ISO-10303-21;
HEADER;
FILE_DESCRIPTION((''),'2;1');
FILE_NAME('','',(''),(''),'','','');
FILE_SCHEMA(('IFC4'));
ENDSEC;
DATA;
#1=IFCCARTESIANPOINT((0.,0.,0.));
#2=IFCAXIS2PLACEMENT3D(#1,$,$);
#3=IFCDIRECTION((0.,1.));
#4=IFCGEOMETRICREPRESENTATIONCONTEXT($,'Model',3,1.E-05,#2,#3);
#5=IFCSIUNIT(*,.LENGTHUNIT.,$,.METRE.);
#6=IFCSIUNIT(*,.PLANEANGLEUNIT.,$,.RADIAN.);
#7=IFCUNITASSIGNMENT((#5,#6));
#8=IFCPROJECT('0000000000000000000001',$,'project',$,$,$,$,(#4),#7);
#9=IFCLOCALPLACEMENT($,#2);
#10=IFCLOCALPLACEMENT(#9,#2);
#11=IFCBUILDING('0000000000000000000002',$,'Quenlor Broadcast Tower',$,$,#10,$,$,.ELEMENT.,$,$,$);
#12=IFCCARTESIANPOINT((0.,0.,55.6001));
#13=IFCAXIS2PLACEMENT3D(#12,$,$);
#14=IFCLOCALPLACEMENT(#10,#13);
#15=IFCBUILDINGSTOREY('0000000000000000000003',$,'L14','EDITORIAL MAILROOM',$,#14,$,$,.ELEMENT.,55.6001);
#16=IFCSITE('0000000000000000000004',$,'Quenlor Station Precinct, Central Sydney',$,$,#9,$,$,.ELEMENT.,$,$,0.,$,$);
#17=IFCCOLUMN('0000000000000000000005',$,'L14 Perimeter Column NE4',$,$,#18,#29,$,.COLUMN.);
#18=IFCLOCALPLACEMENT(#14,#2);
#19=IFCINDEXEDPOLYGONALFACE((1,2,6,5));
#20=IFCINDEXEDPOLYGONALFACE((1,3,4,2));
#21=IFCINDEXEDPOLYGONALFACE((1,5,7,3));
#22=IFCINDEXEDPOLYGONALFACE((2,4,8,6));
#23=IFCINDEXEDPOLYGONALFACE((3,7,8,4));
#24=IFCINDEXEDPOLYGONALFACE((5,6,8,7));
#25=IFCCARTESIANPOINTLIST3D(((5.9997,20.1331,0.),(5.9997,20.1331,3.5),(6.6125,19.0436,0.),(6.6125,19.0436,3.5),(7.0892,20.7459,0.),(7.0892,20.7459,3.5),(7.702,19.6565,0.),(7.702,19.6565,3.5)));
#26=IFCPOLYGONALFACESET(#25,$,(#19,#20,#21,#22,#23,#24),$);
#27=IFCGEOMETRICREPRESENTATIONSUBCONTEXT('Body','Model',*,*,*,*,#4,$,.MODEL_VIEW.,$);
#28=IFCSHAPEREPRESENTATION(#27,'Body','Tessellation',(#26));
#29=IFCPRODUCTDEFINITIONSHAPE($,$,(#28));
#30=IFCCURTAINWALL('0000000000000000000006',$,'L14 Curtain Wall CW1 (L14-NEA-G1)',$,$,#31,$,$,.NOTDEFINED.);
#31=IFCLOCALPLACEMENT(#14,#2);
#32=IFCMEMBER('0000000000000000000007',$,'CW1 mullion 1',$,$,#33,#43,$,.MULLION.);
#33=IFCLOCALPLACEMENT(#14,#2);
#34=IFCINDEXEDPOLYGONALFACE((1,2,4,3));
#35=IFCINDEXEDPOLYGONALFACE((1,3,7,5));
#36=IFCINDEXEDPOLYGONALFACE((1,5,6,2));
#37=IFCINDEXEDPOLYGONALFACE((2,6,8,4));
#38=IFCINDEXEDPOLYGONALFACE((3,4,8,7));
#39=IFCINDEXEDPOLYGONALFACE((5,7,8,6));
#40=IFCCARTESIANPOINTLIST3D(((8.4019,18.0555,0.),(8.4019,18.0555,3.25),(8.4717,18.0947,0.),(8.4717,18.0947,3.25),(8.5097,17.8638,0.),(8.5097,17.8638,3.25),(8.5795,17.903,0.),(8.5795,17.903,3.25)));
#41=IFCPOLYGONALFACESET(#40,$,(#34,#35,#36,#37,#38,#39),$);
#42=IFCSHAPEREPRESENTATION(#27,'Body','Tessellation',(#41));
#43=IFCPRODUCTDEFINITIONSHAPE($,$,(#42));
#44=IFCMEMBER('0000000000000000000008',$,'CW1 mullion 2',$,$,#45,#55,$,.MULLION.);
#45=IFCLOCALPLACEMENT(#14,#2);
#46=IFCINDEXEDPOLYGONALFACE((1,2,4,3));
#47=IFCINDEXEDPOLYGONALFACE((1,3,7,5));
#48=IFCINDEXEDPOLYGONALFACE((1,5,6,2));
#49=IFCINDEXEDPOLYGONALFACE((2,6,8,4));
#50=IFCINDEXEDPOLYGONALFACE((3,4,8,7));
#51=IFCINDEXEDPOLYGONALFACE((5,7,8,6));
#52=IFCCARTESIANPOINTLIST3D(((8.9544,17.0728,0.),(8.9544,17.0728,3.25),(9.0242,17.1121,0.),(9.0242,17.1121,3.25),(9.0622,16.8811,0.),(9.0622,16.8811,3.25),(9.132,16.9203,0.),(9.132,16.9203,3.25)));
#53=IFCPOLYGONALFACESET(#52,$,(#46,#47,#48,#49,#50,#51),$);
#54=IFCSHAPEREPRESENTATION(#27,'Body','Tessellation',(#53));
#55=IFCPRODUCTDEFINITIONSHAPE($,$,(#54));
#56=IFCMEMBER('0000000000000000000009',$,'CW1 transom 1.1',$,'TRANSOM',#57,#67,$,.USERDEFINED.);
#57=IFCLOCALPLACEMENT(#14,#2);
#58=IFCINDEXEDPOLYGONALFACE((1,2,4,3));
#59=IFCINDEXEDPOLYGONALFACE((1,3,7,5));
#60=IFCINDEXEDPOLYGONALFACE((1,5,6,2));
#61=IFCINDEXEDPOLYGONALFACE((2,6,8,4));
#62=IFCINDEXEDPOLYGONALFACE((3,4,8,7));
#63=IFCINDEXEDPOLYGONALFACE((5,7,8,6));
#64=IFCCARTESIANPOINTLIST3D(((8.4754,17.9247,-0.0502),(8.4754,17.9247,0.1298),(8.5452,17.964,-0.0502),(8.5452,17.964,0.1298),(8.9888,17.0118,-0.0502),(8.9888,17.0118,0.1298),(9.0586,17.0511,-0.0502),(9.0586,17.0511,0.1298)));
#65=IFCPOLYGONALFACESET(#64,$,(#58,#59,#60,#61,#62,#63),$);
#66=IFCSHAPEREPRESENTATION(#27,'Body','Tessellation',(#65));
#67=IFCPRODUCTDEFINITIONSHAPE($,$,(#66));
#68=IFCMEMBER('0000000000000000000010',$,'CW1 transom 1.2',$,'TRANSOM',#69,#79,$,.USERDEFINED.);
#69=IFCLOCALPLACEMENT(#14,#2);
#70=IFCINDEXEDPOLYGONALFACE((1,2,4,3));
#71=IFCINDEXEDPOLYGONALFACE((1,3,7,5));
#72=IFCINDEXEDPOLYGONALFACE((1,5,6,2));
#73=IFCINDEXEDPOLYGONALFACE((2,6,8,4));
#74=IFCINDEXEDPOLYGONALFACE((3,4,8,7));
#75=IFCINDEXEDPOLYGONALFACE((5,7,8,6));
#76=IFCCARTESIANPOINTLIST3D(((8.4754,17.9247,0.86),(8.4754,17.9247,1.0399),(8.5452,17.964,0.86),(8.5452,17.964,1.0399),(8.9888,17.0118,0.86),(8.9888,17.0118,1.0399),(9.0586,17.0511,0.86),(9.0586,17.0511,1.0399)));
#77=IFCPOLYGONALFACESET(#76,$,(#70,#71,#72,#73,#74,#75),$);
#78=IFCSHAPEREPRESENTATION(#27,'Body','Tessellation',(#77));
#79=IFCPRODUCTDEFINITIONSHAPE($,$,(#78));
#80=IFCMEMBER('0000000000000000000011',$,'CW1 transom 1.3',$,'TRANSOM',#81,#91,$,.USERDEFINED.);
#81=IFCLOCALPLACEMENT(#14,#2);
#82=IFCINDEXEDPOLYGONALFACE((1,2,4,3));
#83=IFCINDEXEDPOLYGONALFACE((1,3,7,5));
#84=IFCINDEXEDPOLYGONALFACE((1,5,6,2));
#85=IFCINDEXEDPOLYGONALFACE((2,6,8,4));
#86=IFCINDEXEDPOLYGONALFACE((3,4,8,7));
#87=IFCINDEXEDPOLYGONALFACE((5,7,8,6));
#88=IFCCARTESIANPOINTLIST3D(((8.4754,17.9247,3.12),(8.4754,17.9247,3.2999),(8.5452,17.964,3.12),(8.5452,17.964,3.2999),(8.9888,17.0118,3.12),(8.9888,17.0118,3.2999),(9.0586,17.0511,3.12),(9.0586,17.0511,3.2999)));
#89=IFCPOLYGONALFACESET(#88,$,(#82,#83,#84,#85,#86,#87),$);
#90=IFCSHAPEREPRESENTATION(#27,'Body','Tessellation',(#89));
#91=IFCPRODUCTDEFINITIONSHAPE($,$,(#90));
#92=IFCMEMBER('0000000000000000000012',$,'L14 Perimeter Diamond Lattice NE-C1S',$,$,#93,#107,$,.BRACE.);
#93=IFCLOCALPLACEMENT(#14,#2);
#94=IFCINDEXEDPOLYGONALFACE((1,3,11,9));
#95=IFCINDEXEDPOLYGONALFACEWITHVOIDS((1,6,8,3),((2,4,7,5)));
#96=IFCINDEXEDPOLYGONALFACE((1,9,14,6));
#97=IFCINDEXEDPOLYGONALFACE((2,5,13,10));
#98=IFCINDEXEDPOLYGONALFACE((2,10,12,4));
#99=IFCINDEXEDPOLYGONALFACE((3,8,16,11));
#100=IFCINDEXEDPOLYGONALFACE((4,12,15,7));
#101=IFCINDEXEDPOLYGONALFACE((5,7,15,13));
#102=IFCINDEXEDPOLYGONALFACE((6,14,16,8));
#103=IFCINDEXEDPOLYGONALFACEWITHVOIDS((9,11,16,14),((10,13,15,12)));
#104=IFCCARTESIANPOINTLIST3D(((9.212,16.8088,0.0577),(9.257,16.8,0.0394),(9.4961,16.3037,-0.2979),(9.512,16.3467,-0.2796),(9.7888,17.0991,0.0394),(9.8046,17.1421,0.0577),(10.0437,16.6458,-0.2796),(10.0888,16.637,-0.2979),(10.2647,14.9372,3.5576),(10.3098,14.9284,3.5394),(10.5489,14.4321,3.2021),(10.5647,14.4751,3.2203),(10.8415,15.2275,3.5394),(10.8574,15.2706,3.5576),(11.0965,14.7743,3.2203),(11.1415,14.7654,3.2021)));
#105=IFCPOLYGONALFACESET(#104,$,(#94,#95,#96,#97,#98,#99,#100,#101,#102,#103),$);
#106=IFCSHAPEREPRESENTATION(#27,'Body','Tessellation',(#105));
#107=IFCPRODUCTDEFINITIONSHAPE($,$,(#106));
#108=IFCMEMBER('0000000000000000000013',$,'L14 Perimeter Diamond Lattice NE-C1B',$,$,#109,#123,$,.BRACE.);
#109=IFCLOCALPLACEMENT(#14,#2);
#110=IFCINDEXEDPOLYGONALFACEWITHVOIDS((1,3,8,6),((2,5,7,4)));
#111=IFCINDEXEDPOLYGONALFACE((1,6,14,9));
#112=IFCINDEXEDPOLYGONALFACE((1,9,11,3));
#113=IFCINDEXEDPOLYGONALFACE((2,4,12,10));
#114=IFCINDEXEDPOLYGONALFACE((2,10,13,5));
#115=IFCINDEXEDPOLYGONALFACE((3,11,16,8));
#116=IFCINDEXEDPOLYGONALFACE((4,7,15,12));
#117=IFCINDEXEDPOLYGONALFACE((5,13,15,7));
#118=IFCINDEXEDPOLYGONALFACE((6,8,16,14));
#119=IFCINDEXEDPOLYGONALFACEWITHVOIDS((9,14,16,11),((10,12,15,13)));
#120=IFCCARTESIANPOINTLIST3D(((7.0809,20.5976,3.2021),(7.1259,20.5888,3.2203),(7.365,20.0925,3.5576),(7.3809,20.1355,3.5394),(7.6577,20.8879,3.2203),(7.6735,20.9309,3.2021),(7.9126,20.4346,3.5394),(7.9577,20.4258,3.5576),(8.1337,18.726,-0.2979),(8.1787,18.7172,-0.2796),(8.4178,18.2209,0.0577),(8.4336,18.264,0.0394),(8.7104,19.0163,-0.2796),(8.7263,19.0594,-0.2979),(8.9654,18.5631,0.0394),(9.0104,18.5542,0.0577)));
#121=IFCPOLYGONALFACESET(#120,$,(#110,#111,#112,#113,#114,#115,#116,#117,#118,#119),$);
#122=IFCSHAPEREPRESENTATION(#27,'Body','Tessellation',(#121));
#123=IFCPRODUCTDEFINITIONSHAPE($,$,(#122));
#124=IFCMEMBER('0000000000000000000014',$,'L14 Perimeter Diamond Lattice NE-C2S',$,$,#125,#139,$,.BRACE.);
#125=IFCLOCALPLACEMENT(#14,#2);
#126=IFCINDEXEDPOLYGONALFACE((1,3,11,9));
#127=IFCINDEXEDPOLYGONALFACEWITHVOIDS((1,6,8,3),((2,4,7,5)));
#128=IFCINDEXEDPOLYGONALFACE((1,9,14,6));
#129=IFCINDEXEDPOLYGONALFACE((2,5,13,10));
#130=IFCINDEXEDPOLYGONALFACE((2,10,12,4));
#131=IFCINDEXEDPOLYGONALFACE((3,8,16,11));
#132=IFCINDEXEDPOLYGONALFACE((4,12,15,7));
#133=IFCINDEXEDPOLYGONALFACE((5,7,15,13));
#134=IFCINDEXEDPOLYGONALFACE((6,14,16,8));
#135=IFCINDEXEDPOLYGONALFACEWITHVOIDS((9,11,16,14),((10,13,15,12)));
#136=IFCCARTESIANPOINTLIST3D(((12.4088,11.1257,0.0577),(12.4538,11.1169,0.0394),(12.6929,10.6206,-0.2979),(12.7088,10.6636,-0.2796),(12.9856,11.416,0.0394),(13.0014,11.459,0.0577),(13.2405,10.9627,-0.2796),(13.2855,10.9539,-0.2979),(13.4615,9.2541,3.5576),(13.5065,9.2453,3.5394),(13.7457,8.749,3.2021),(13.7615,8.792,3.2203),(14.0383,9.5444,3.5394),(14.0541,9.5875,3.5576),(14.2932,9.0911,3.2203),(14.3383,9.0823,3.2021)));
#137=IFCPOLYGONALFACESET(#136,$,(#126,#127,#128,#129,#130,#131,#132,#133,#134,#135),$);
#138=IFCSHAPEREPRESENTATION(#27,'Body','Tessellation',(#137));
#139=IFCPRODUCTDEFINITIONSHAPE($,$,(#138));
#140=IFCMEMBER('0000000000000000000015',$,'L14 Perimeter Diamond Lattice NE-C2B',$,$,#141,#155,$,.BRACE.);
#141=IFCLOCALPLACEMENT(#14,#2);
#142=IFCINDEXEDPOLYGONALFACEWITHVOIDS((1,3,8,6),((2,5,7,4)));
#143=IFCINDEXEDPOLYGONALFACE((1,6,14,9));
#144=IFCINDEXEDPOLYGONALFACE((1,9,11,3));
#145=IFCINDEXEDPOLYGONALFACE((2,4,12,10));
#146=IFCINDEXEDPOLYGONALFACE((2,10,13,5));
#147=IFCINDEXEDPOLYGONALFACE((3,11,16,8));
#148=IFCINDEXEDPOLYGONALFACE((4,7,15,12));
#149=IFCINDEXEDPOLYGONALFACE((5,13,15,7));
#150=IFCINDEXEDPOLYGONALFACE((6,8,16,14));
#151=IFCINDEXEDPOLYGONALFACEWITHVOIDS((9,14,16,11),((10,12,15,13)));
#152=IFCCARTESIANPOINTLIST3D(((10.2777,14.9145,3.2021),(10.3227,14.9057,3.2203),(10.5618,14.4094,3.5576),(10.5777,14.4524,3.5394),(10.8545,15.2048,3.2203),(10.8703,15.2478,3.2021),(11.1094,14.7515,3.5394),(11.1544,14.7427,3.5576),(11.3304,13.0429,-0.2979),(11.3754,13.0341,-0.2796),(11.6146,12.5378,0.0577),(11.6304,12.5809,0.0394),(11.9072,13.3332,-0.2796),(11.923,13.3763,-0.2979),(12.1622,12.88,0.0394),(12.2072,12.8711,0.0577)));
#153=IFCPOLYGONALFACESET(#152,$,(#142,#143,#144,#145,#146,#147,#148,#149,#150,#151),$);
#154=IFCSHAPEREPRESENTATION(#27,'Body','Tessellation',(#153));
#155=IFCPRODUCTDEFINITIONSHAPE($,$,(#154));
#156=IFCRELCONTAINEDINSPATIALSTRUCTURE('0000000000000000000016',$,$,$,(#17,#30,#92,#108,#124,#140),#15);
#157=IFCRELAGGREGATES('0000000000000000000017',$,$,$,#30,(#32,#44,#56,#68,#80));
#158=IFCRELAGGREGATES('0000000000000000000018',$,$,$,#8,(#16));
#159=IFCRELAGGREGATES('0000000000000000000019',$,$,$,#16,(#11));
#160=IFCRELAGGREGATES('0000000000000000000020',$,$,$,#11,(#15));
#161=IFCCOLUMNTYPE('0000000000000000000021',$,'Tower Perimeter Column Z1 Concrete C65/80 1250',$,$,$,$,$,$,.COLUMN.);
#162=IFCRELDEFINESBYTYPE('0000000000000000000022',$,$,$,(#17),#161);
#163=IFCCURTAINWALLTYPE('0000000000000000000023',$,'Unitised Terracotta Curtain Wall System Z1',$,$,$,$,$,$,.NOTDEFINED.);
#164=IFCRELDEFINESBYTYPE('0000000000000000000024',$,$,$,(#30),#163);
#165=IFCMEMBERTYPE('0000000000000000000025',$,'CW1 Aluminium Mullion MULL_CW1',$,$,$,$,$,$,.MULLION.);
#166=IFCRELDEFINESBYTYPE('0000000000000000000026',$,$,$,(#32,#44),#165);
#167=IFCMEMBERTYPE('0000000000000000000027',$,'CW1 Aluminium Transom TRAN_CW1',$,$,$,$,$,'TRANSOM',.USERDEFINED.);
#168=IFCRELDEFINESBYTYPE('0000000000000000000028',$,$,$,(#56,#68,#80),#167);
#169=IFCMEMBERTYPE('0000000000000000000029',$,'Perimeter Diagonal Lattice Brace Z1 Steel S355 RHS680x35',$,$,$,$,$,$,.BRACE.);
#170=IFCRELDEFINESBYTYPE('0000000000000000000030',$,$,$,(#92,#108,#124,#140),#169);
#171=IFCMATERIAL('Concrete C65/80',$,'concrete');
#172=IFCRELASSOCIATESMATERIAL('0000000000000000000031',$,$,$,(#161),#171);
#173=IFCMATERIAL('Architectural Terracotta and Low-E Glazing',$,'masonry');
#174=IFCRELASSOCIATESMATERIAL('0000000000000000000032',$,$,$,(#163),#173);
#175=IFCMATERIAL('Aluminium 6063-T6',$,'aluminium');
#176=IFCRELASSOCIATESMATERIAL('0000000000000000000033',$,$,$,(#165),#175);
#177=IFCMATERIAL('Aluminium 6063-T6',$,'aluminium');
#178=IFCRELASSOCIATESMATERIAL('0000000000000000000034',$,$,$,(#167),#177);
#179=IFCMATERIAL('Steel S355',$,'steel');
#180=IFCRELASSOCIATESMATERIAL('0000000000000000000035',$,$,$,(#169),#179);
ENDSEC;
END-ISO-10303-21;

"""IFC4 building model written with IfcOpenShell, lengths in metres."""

from ifc_helpers import new_model, si_unit, direction, frame, origin, origin_2d, place, context, subcontext, project, spatial, rectangle, hollow_rectangle, extrude, material, material_profile, profile_set, type_object, element, aggregate, save


model = new_model("IFC4")

# Units and contexts
model_context = context("Model", 3, precision=1e-05, world=origin(), true_north=direction((0.0, 1.0)))
body_context = subcontext(model_context, "Body", "Model", "MODEL_VIEW")
ifc_project = project(units=[si_unit("LENGTHUNIT", "METRE"), si_unit("PLANEANGLEUNIT", "RADIAN")], contexts=[model_context])

# Site, building, storey
site_placement = place(None, origin())
site = spatial("IfcSite", under=ifc_project, at=site_placement, Name="Quenlor Station Precinct, Central Sydney", CompositionType="ELEMENT", RefElevation=0.0)
building_placement = place(site_placement, origin())
building = spatial("IfcBuilding", under=site, at=building_placement, Name="Quenlor Broadcast Tower", CompositionType="ELEMENT")
storey_placement = place(building_placement, frame((0.0, 0.0, 55.6001)))
storey = spatial("IfcBuildingStorey", under=building, at=storey_placement, Name="L14", Description="EDITORIAL MAILROOM", CompositionType="ELEMENT", Elevation=55.6001)

# Column
ifc_material_1 = material(Name="Concrete C65/80", Category="concrete")
ifc_material_profile_1 = material_profile(ifc_material_1, rectangle(XDim=1.25, YDim=1.25, at=origin_2d()))
ifc_profile_set_1 = profile_set([ifc_material_profile_1], Name="Concrete C65/80 RC1250x1250")
column_type = type_object("IfcColumnType", Name="Tower Perimeter Column Z1 Concrete C65/80 1250", PredefinedType="COLUMN", material=ifc_profile_set_1)
column_placement = place(storey_placement, frame((6.8508, 19.8948, 0.0), z_axis=(0.0, 0.0, 1.0), x_axis=(0.871575, 0.490262, 0.0)))
element("IfcColumn", 1, at=column_placement, inside=storey, type_object=column_type, Name="L14 Perimeter Column NE4", PredefinedType="COLUMN", context=body_context, shape_type="SweptSolid", body=[
    extrude(rectangle(XDim=1.25, YDim=1.25, at=origin_2d()), origin(), (0.0, 0.0, 1.0), 3.5),
])

# Curtain wall, members
ifc_material_2 = material(Name="Architectural Terracotta and Low-E Glazing", Category="masonry")
curtain_wall_type = type_object("IfcCurtainWallType", Name="Unitised Terracotta Curtain Wall System Z1", PredefinedType="NOTDEFINED", material=ifc_material_2)
curtain_wall_placement = place(storey_placement, origin())
curtain_wall = element("IfcCurtainWall", 2, at=curtain_wall_placement, inside=storey, type_object=curtain_wall_type, Name="L14 Curtain Wall CW1 (L14-NEA-G1)", PredefinedType="NOTDEFINED")
ifc_material_3 = material(Name="Aluminium 6063-T6", Category="aluminium")
ifc_material_profile_2 = material_profile(ifc_material_3, rectangle(XDim=0.0801, YDim=0.22, at=origin_2d()))
ifc_profile_set_2 = profile_set([ifc_material_profile_2], Name="Aluminium 6063-T6 MULL80x220")
member_type_1 = type_object("IfcMemberType", Name="CW1 Aluminium Mullion MULL_CW1", PredefinedType="MULLION", material=ifc_profile_set_2)
member_1_placement = place(storey_placement, frame((8.4907, 17.9792, 0.0), z_axis=(0.0, 0.0, 1.0), x_axis=(0.871602, 0.490214, 0.0)))
member_1 = element("IfcMember", 3, at=member_1_placement, type_object=member_type_1, Name="CW1 mullion 1", PredefinedType="MULLION", context=body_context, shape_type="SweptSolid", body=[
    extrude(rectangle(XDim=0.0801, YDim=0.22, at=origin_2d()), origin(), (0.0, 0.0, 1.0), 3.25),
])
member_2_placement = place(storey_placement, frame((9.0432, 16.9966, 0.0), z_axis=(0.0, 0.0, 1.0), x_axis=(0.871602, 0.490214, 0.0)))
member_2 = element("IfcMember", 4, at=member_2_placement, type_object=member_type_1, Name="CW1 mullion 2", PredefinedType="MULLION", context=body_context, shape_type="SweptSolid", body=[
    extrude(rectangle(XDim=0.0801, YDim=0.22, at=origin_2d()), origin(), (0.0, 0.0, 1.0), 3.25),
])
ifc_material_4 = material(Name="Aluminium 6063-T6", Category="aluminium")
ifc_material_profile_3 = material_profile(ifc_material_4, rectangle(XDim=0.0801, YDim=0.1799, at=origin_2d()))
ifc_profile_set_3 = profile_set([ifc_material_profile_3], Name="Aluminium 6063-T6 TRAN80x180")
member_type_2 = type_object("IfcMemberType", Name="CW1 Aluminium Transom TRAN_CW1", ElementType="TRANSOM", PredefinedType="USERDEFINED", material=ifc_profile_set_3)
member_3_placement = place(storey_placement, frame((8.5103, 17.9443, 0.0398), z_axis=(0.490228, -0.871594, 0.0), x_axis=(0.871594, 0.490228, 0.0)))
member_3 = element("IfcMember", 5, at=member_3_placement, type_object=member_type_2, Name="CW1 transom 1.1", ObjectType="TRANSOM", PredefinedType="USERDEFINED", context=body_context, shape_type="SweptSolid", body=[
    extrude(rectangle(XDim=0.0801, YDim=0.1799, at=origin_2d()), origin(), (0.0, 0.0, 1.0), 1.0474),
])
member_4_placement = place(storey_placement, frame((8.5103, 17.9443, 0.95), z_axis=(0.490228, -0.871594, 0.0), x_axis=(0.871594, 0.490228, 0.0)))
member_4 = element("IfcMember", 6, at=member_4_placement, type_object=member_type_2, Name="CW1 transom 1.2", ObjectType="TRANSOM", PredefinedType="USERDEFINED", context=body_context, shape_type="SweptSolid", body=[
    extrude(rectangle(XDim=0.0801, YDim=0.1799, at=origin_2d()), origin(), (0.0, 0.0, 1.0), 1.0474),
])
member_5_placement = place(storey_placement, frame((8.5103, 17.9443, 3.21), z_axis=(0.490228, -0.871594, 0.0), x_axis=(0.871594, 0.490228, 0.0)))
member_5 = element("IfcMember", 7, at=member_5_placement, type_object=member_type_2, Name="CW1 transom 1.3", ObjectType="TRANSOM", PredefinedType="USERDEFINED", context=body_context, shape_type="SweptSolid", body=[
    extrude(rectangle(XDim=0.0801, YDim=0.1799, at=origin_2d()), origin(), (0.0, 0.0, 1.0), 1.0474),
])

# Members
ifc_material_5 = material(Name="Steel S355", Category="steel")
ifc_material_profile_4 = material_profile(ifc_material_5, hollow_rectangle(XDim=0.6799, YDim=0.6799, WallThickness=0.0349, at=origin_2d()))
ifc_profile_set_4 = profile_set([ifc_material_profile_4], Name="Steel S355 RHS680x680x35")
member_type_3 = type_object("IfcMemberType", Name="Perimeter Diagonal Lattice Brace Z1 Steel S355 RHS680x35", PredefinedType="BRACE", material=ifc_profile_set_4)
for number, where, z_axis, x_axis, name in (
    (8, (9.6504, 16.7229, -0.1201), (0.256375, -0.455792, 0.852365), (0.871582, 0.49025, 0.0), "L14 Perimeter Diamond Lattice NE-C1S"),
    (9, (8.572, 18.6401, -0.1201), (-0.256375, 0.455792, 0.852365), (-0.871582, -0.49025, 0.0), "L14 Perimeter Diamond Lattice NE-C1B"),
    (10, (12.8472, 11.0398, -0.1201), (0.256375, -0.455792, 0.852365), (0.871582, 0.49025, 0.0), "L14 Perimeter Diamond Lattice NE-C2S"),
    (11, (11.7688, 12.957, -0.1201), (-0.256375, 0.455792, 0.852365), (-0.871582, -0.49025, 0.0), "L14 Perimeter Diamond Lattice NE-C2B"),
):
    element("IfcMember", number, at=place(storey_placement, frame(where, z_axis=z_axis, x_axis=x_axis)), inside=storey, type_object=member_type_3, Name=name, PredefinedType="BRACE", context=body_context, shape_type="SweptSolid", body=[
        extrude(hollow_rectangle(XDim=0.6799, YDim=0.6799, WallThickness=0.0349, at=origin_2d()), origin(), (0.0, 0.0, 1.0), 4.1062),
    ])

aggregate(curtain_wall, [member_1, member_2, member_3, member_4, member_5])

save(model, "model.ifc")
